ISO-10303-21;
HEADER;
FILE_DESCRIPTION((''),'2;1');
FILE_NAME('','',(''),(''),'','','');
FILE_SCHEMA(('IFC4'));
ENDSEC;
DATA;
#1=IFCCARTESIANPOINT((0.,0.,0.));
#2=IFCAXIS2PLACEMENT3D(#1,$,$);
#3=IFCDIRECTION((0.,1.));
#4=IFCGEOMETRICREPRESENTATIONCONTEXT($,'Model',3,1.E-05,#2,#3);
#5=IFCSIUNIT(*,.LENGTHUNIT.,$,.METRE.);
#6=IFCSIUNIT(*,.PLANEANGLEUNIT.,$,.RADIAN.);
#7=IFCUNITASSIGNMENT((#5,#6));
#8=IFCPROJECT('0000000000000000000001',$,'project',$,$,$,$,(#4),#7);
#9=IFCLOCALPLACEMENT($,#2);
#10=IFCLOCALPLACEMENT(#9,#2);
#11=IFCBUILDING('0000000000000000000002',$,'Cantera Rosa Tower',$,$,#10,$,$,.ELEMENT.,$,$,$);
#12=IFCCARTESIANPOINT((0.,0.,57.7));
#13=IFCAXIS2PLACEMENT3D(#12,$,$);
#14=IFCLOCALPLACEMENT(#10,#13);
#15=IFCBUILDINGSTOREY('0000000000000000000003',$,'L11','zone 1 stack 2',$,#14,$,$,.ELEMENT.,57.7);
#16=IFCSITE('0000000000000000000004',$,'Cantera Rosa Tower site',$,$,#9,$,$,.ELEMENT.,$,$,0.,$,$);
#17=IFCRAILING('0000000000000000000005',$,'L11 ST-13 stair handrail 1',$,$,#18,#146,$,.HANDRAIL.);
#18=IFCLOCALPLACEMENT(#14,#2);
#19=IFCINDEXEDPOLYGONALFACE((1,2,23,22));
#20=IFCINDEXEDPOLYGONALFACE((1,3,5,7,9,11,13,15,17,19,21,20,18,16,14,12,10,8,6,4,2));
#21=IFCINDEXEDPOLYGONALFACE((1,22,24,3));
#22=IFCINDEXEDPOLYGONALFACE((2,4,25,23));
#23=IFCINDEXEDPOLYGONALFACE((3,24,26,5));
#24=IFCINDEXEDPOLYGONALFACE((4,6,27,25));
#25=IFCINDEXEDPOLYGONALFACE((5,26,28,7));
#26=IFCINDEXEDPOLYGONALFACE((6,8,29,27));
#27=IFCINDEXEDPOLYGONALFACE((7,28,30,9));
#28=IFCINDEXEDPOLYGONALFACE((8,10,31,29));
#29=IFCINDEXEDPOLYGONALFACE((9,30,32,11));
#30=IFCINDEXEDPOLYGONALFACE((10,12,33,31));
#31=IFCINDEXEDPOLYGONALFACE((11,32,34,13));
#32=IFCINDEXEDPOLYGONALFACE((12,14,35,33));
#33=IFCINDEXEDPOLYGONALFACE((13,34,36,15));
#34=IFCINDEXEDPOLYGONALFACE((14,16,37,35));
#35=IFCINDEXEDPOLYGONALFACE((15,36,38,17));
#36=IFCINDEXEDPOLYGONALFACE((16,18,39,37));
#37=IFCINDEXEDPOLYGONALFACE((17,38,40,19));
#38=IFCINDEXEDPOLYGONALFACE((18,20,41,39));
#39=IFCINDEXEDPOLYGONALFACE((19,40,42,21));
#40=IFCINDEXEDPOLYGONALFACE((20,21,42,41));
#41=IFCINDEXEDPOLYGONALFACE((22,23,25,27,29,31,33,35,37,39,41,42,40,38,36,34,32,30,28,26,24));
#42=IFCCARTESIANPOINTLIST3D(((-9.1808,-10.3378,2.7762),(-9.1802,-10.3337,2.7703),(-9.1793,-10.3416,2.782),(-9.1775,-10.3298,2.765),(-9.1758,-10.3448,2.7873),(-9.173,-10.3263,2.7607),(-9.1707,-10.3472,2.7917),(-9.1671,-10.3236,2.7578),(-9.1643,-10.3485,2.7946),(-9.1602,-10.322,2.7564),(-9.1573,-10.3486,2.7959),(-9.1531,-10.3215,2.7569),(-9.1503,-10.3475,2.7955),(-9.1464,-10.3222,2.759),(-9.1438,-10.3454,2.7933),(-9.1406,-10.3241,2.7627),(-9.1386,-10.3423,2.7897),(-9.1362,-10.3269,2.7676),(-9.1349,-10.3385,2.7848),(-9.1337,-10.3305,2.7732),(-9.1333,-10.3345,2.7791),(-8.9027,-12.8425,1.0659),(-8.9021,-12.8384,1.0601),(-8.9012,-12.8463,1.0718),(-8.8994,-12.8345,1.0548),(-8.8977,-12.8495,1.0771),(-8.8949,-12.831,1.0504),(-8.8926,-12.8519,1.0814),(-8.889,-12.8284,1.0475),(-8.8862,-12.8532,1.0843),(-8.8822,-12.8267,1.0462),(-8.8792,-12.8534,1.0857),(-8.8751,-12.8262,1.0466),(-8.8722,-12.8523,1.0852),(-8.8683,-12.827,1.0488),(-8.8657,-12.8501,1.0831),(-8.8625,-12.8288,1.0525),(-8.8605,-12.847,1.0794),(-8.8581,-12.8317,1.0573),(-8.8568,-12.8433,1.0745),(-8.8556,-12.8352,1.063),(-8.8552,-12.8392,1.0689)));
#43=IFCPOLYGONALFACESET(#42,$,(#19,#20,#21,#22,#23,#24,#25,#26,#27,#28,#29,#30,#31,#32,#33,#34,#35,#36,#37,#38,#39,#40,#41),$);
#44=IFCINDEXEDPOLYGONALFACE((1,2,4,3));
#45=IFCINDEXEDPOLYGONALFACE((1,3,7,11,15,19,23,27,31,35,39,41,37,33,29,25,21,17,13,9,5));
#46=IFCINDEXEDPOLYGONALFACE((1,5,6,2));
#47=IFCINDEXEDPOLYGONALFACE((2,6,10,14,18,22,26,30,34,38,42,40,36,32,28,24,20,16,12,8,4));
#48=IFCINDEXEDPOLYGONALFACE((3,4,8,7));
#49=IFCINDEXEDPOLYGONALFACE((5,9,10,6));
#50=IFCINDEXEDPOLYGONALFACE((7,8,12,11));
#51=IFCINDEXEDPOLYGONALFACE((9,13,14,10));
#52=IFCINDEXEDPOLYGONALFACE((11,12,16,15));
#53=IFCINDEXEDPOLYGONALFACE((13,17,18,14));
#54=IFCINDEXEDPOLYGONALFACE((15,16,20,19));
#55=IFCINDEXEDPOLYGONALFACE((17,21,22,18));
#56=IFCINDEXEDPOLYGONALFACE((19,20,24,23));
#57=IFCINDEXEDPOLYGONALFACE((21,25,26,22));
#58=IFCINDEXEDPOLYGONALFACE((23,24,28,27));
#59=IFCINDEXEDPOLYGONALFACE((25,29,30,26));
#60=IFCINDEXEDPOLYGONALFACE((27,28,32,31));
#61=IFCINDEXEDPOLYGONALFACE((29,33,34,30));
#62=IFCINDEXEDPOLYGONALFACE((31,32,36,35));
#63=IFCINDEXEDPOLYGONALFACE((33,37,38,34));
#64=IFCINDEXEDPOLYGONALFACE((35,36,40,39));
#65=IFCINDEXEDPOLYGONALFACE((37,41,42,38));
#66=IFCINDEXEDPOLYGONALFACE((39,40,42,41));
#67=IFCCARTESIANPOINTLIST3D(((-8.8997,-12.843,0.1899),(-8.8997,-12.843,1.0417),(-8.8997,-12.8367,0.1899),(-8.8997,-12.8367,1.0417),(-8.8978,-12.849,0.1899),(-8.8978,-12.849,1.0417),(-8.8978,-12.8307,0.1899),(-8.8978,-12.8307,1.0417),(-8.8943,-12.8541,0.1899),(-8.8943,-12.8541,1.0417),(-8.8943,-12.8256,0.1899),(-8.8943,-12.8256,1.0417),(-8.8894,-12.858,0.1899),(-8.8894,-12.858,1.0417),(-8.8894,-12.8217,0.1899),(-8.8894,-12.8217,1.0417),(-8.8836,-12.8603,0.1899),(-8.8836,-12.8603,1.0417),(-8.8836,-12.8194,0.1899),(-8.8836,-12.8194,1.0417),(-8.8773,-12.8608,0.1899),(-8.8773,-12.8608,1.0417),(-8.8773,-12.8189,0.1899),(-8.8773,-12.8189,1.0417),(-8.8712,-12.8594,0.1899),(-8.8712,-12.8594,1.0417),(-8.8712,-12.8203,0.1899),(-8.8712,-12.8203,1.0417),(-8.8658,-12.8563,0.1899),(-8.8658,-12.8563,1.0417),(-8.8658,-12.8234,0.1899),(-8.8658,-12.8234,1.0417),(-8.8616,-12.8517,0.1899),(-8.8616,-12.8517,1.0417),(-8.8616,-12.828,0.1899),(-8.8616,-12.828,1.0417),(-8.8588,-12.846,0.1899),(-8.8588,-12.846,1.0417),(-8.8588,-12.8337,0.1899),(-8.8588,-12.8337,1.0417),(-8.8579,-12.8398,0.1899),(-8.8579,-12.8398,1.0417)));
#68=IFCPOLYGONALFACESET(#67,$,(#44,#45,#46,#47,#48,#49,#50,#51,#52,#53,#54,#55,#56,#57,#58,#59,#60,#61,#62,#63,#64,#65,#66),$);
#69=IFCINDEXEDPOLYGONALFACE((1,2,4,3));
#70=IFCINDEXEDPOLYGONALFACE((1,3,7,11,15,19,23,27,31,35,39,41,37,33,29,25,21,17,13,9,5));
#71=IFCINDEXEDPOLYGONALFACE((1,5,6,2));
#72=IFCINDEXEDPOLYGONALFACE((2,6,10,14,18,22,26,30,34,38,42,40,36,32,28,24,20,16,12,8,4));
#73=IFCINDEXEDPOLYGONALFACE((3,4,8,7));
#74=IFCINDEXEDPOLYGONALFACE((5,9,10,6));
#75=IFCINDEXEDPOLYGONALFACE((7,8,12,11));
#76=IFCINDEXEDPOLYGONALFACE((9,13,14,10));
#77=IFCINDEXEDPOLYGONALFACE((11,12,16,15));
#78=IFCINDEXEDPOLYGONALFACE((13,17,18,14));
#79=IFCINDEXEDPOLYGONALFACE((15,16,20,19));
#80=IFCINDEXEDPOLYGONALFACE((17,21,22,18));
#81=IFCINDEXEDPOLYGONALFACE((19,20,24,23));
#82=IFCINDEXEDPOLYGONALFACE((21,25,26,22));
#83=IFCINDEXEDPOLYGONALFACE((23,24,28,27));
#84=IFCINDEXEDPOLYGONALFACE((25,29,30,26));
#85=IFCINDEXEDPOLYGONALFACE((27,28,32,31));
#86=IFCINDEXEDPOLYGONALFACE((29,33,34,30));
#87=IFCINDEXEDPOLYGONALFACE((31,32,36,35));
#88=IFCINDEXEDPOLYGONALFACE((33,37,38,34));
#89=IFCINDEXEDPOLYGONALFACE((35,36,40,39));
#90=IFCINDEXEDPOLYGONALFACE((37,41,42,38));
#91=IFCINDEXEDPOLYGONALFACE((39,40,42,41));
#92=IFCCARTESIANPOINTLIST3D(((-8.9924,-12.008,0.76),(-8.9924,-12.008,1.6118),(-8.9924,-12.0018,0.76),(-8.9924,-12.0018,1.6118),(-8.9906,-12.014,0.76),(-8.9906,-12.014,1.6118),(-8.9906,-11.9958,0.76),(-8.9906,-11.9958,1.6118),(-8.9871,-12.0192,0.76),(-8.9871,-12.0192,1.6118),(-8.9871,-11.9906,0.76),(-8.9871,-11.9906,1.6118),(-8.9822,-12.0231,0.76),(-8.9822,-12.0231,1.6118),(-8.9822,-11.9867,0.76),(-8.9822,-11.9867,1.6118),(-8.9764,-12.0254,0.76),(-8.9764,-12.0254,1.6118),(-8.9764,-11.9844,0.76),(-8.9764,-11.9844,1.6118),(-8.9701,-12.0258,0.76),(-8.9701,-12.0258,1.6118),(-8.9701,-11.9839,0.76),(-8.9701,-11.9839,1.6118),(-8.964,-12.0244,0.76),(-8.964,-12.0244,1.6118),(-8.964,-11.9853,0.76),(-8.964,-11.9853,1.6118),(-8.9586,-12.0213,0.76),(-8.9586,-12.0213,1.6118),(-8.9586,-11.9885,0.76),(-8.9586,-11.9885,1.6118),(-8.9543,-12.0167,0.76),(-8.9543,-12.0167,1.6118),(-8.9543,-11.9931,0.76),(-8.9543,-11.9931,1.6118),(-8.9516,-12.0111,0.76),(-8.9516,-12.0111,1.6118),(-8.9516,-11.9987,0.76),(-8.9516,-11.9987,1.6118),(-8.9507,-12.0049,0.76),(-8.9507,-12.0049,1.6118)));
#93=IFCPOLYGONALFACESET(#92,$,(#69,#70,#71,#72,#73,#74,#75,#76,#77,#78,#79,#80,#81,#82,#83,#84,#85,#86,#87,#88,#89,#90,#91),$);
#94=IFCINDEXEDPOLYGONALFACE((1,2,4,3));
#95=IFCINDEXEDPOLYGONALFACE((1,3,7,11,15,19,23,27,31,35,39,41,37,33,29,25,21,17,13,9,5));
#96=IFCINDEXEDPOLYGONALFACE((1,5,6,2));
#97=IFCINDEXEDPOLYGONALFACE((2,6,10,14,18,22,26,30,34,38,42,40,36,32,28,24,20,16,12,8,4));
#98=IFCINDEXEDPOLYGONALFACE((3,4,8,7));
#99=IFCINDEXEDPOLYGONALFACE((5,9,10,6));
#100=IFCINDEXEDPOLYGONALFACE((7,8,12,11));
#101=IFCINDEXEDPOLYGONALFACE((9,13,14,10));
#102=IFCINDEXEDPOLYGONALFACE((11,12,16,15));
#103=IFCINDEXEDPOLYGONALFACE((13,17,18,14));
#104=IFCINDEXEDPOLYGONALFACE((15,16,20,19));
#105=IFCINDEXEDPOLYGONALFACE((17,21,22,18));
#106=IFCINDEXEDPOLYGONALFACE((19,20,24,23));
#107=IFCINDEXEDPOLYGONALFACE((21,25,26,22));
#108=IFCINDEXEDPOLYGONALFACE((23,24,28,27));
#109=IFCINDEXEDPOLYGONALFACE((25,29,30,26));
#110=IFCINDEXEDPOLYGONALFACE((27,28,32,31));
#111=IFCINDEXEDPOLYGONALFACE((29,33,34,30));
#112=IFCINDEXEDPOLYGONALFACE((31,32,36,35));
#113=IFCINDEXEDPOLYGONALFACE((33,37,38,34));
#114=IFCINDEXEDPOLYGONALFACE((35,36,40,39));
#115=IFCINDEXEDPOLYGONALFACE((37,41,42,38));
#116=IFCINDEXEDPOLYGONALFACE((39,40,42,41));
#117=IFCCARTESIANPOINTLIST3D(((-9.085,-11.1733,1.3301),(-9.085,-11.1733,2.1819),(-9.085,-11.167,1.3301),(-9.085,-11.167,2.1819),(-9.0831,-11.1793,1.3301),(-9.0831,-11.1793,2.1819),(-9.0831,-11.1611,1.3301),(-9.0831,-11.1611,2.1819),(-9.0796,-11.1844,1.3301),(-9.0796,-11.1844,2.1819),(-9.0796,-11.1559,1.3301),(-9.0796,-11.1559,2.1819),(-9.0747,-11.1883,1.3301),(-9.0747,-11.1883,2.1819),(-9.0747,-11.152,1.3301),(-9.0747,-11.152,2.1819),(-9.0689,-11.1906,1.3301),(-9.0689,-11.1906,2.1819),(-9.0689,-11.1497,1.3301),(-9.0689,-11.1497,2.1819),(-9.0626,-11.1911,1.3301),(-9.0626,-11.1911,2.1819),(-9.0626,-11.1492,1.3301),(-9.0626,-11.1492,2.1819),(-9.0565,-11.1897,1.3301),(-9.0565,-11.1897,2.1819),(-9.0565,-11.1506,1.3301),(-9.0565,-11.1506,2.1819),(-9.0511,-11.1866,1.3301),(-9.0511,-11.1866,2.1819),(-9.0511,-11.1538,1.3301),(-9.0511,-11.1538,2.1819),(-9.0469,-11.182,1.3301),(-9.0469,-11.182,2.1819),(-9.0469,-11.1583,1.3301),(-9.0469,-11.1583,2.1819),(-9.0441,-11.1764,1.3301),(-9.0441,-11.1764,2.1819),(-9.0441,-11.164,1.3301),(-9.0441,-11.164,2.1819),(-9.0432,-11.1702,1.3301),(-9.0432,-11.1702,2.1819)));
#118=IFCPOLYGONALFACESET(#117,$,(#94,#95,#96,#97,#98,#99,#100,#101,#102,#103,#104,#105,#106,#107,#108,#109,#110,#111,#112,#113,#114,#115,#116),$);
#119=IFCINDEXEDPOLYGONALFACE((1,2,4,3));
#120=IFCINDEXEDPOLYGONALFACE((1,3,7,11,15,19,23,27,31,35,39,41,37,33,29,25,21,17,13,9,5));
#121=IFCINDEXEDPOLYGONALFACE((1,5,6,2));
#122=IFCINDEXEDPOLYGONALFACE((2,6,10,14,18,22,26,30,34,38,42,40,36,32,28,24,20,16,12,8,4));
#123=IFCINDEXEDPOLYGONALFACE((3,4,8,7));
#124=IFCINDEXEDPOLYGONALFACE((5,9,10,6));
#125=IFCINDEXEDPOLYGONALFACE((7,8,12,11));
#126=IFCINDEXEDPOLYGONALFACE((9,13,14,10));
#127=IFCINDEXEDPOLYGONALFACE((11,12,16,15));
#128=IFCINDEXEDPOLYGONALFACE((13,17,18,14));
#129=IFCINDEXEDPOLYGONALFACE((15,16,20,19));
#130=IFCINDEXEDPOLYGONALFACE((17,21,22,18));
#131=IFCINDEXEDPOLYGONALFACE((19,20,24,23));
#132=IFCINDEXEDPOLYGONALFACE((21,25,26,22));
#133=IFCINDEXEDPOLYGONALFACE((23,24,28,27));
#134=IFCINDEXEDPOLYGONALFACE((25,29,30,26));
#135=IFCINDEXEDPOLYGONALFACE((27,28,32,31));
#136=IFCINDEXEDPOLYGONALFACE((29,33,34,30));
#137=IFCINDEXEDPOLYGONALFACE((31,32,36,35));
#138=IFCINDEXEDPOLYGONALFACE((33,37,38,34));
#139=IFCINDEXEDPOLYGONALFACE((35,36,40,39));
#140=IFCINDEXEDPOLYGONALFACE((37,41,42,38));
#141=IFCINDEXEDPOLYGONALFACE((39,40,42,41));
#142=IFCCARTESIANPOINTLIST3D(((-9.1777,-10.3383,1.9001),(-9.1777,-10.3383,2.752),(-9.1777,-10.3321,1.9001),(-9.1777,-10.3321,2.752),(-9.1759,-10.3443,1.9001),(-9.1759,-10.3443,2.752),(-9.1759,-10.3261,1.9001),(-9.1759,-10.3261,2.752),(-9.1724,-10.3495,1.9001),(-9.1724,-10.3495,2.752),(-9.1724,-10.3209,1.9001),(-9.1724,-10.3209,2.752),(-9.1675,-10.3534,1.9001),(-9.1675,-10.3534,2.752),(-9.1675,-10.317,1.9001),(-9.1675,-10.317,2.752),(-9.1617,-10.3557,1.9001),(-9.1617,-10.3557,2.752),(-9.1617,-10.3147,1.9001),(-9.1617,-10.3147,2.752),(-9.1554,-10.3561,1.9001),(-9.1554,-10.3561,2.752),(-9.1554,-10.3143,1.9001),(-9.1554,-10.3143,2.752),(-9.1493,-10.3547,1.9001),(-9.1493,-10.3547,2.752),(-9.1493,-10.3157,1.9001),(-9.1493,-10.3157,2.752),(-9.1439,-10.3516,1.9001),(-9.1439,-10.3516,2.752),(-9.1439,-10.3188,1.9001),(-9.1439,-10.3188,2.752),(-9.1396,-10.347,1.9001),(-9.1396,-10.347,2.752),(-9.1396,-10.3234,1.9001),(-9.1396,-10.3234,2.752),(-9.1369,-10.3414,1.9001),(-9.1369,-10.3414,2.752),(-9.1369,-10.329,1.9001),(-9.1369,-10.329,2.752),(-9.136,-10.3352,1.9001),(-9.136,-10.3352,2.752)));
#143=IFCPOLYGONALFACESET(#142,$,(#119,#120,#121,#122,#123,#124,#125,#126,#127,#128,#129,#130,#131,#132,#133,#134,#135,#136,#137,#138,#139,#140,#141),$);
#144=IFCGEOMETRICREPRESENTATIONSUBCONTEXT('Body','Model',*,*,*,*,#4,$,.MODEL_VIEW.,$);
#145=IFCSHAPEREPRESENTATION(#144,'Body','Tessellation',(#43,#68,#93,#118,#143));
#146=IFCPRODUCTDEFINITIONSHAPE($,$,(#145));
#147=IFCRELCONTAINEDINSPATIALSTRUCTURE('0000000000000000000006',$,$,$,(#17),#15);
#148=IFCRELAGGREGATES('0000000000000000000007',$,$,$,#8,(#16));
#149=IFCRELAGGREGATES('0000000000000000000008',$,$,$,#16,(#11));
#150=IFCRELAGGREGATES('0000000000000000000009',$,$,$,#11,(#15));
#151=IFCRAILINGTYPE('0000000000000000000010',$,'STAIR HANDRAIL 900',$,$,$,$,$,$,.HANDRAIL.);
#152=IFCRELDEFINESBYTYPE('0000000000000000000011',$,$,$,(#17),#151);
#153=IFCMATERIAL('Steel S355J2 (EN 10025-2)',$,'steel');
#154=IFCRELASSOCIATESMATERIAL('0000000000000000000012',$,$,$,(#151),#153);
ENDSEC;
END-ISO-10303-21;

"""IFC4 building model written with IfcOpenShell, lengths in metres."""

from ifc_helpers import new_model, si_unit, direction, frame, origin, origin_2d, place, context, subcontext, project, spatial, circle, extrude, material, type_object, element, save


model = new_model("IFC4")

# Units and contexts
model_context = context("Model", 3, precision=1e-05, world=origin(), true_north=direction((0.0, 1.0)))
body_context = subcontext(model_context, "Body", "Model", "MODEL_VIEW")
ifc_project = project(units=[si_unit("LENGTHUNIT", "METRE"), si_unit("PLANEANGLEUNIT", "RADIAN")], contexts=[model_context])

# Site, building, storey
site_placement = place(None, origin())
site = spatial("IfcSite", under=ifc_project, at=site_placement, Name="Cantera Rosa Tower site", CompositionType="ELEMENT", RefElevation=0.0)
building_placement = place(site_placement, origin())
building = spatial("IfcBuilding", under=site, at=building_placement, Name="Cantera Rosa Tower", CompositionType="ELEMENT")
storey_placement = place(building_placement, frame((0.0, 0.0, 57.7)))
storey = spatial("IfcBuildingStorey", under=building, at=storey_placement, Name="L11", Description="zone 1 stack 2", CompositionType="ELEMENT", Elevation=57.7)

# Railing
ifc_material_1 = material(Name="Steel S355J2 (EN 10025-2)", Category="steel")
railing_type_1 = type_object("IfcRailingType", Name="STAIR HANDRAIL 900", PredefinedType="HANDRAIL", material=ifc_material_1)
railing_1_placement = place(storey_placement, frame((-8.8789, -12.8398, 0.1899)))
element("IfcRailing", 1, at=railing_1_placement, inside=storey, type_object=railing_type_1, Name="L11 ST-13 stair handrail 1", PredefinedType="HANDRAIL", context=body_context, shape_type="SweptSolid", body=[
    extrude(circle(Radius=0.0239, at=origin_2d()), frame((0.0, 0.0, 0.876), z_axis=(-0.091306, 0.822394, 0.561543), x_axis=(-0.993893, -0.110346, 0.0)), (0.0, 0.0, 1.0), 3.0457),
    extrude(circle(Radius=0.021, at=origin_2d()), origin(), (0.0, 0.0, 1.0), 0.8518),
    extrude(circle(Radius=0.021, at=origin_2d()), frame((-0.0928, 0.835, 0.5701)), (0.0, 0.0, 1.0), 0.8518),
    extrude(circle(Radius=0.021, at=origin_2d()), frame((-0.1853, 1.6697, 1.1401)), (0.0, 0.0, 1.0), 0.8518),
    extrude(circle(Radius=0.021, at=origin_2d()), frame((-0.2781, 2.5046, 1.7102)), (0.0, 0.0, 1.0), 0.8518),
])

save(model, "model.ifc")
